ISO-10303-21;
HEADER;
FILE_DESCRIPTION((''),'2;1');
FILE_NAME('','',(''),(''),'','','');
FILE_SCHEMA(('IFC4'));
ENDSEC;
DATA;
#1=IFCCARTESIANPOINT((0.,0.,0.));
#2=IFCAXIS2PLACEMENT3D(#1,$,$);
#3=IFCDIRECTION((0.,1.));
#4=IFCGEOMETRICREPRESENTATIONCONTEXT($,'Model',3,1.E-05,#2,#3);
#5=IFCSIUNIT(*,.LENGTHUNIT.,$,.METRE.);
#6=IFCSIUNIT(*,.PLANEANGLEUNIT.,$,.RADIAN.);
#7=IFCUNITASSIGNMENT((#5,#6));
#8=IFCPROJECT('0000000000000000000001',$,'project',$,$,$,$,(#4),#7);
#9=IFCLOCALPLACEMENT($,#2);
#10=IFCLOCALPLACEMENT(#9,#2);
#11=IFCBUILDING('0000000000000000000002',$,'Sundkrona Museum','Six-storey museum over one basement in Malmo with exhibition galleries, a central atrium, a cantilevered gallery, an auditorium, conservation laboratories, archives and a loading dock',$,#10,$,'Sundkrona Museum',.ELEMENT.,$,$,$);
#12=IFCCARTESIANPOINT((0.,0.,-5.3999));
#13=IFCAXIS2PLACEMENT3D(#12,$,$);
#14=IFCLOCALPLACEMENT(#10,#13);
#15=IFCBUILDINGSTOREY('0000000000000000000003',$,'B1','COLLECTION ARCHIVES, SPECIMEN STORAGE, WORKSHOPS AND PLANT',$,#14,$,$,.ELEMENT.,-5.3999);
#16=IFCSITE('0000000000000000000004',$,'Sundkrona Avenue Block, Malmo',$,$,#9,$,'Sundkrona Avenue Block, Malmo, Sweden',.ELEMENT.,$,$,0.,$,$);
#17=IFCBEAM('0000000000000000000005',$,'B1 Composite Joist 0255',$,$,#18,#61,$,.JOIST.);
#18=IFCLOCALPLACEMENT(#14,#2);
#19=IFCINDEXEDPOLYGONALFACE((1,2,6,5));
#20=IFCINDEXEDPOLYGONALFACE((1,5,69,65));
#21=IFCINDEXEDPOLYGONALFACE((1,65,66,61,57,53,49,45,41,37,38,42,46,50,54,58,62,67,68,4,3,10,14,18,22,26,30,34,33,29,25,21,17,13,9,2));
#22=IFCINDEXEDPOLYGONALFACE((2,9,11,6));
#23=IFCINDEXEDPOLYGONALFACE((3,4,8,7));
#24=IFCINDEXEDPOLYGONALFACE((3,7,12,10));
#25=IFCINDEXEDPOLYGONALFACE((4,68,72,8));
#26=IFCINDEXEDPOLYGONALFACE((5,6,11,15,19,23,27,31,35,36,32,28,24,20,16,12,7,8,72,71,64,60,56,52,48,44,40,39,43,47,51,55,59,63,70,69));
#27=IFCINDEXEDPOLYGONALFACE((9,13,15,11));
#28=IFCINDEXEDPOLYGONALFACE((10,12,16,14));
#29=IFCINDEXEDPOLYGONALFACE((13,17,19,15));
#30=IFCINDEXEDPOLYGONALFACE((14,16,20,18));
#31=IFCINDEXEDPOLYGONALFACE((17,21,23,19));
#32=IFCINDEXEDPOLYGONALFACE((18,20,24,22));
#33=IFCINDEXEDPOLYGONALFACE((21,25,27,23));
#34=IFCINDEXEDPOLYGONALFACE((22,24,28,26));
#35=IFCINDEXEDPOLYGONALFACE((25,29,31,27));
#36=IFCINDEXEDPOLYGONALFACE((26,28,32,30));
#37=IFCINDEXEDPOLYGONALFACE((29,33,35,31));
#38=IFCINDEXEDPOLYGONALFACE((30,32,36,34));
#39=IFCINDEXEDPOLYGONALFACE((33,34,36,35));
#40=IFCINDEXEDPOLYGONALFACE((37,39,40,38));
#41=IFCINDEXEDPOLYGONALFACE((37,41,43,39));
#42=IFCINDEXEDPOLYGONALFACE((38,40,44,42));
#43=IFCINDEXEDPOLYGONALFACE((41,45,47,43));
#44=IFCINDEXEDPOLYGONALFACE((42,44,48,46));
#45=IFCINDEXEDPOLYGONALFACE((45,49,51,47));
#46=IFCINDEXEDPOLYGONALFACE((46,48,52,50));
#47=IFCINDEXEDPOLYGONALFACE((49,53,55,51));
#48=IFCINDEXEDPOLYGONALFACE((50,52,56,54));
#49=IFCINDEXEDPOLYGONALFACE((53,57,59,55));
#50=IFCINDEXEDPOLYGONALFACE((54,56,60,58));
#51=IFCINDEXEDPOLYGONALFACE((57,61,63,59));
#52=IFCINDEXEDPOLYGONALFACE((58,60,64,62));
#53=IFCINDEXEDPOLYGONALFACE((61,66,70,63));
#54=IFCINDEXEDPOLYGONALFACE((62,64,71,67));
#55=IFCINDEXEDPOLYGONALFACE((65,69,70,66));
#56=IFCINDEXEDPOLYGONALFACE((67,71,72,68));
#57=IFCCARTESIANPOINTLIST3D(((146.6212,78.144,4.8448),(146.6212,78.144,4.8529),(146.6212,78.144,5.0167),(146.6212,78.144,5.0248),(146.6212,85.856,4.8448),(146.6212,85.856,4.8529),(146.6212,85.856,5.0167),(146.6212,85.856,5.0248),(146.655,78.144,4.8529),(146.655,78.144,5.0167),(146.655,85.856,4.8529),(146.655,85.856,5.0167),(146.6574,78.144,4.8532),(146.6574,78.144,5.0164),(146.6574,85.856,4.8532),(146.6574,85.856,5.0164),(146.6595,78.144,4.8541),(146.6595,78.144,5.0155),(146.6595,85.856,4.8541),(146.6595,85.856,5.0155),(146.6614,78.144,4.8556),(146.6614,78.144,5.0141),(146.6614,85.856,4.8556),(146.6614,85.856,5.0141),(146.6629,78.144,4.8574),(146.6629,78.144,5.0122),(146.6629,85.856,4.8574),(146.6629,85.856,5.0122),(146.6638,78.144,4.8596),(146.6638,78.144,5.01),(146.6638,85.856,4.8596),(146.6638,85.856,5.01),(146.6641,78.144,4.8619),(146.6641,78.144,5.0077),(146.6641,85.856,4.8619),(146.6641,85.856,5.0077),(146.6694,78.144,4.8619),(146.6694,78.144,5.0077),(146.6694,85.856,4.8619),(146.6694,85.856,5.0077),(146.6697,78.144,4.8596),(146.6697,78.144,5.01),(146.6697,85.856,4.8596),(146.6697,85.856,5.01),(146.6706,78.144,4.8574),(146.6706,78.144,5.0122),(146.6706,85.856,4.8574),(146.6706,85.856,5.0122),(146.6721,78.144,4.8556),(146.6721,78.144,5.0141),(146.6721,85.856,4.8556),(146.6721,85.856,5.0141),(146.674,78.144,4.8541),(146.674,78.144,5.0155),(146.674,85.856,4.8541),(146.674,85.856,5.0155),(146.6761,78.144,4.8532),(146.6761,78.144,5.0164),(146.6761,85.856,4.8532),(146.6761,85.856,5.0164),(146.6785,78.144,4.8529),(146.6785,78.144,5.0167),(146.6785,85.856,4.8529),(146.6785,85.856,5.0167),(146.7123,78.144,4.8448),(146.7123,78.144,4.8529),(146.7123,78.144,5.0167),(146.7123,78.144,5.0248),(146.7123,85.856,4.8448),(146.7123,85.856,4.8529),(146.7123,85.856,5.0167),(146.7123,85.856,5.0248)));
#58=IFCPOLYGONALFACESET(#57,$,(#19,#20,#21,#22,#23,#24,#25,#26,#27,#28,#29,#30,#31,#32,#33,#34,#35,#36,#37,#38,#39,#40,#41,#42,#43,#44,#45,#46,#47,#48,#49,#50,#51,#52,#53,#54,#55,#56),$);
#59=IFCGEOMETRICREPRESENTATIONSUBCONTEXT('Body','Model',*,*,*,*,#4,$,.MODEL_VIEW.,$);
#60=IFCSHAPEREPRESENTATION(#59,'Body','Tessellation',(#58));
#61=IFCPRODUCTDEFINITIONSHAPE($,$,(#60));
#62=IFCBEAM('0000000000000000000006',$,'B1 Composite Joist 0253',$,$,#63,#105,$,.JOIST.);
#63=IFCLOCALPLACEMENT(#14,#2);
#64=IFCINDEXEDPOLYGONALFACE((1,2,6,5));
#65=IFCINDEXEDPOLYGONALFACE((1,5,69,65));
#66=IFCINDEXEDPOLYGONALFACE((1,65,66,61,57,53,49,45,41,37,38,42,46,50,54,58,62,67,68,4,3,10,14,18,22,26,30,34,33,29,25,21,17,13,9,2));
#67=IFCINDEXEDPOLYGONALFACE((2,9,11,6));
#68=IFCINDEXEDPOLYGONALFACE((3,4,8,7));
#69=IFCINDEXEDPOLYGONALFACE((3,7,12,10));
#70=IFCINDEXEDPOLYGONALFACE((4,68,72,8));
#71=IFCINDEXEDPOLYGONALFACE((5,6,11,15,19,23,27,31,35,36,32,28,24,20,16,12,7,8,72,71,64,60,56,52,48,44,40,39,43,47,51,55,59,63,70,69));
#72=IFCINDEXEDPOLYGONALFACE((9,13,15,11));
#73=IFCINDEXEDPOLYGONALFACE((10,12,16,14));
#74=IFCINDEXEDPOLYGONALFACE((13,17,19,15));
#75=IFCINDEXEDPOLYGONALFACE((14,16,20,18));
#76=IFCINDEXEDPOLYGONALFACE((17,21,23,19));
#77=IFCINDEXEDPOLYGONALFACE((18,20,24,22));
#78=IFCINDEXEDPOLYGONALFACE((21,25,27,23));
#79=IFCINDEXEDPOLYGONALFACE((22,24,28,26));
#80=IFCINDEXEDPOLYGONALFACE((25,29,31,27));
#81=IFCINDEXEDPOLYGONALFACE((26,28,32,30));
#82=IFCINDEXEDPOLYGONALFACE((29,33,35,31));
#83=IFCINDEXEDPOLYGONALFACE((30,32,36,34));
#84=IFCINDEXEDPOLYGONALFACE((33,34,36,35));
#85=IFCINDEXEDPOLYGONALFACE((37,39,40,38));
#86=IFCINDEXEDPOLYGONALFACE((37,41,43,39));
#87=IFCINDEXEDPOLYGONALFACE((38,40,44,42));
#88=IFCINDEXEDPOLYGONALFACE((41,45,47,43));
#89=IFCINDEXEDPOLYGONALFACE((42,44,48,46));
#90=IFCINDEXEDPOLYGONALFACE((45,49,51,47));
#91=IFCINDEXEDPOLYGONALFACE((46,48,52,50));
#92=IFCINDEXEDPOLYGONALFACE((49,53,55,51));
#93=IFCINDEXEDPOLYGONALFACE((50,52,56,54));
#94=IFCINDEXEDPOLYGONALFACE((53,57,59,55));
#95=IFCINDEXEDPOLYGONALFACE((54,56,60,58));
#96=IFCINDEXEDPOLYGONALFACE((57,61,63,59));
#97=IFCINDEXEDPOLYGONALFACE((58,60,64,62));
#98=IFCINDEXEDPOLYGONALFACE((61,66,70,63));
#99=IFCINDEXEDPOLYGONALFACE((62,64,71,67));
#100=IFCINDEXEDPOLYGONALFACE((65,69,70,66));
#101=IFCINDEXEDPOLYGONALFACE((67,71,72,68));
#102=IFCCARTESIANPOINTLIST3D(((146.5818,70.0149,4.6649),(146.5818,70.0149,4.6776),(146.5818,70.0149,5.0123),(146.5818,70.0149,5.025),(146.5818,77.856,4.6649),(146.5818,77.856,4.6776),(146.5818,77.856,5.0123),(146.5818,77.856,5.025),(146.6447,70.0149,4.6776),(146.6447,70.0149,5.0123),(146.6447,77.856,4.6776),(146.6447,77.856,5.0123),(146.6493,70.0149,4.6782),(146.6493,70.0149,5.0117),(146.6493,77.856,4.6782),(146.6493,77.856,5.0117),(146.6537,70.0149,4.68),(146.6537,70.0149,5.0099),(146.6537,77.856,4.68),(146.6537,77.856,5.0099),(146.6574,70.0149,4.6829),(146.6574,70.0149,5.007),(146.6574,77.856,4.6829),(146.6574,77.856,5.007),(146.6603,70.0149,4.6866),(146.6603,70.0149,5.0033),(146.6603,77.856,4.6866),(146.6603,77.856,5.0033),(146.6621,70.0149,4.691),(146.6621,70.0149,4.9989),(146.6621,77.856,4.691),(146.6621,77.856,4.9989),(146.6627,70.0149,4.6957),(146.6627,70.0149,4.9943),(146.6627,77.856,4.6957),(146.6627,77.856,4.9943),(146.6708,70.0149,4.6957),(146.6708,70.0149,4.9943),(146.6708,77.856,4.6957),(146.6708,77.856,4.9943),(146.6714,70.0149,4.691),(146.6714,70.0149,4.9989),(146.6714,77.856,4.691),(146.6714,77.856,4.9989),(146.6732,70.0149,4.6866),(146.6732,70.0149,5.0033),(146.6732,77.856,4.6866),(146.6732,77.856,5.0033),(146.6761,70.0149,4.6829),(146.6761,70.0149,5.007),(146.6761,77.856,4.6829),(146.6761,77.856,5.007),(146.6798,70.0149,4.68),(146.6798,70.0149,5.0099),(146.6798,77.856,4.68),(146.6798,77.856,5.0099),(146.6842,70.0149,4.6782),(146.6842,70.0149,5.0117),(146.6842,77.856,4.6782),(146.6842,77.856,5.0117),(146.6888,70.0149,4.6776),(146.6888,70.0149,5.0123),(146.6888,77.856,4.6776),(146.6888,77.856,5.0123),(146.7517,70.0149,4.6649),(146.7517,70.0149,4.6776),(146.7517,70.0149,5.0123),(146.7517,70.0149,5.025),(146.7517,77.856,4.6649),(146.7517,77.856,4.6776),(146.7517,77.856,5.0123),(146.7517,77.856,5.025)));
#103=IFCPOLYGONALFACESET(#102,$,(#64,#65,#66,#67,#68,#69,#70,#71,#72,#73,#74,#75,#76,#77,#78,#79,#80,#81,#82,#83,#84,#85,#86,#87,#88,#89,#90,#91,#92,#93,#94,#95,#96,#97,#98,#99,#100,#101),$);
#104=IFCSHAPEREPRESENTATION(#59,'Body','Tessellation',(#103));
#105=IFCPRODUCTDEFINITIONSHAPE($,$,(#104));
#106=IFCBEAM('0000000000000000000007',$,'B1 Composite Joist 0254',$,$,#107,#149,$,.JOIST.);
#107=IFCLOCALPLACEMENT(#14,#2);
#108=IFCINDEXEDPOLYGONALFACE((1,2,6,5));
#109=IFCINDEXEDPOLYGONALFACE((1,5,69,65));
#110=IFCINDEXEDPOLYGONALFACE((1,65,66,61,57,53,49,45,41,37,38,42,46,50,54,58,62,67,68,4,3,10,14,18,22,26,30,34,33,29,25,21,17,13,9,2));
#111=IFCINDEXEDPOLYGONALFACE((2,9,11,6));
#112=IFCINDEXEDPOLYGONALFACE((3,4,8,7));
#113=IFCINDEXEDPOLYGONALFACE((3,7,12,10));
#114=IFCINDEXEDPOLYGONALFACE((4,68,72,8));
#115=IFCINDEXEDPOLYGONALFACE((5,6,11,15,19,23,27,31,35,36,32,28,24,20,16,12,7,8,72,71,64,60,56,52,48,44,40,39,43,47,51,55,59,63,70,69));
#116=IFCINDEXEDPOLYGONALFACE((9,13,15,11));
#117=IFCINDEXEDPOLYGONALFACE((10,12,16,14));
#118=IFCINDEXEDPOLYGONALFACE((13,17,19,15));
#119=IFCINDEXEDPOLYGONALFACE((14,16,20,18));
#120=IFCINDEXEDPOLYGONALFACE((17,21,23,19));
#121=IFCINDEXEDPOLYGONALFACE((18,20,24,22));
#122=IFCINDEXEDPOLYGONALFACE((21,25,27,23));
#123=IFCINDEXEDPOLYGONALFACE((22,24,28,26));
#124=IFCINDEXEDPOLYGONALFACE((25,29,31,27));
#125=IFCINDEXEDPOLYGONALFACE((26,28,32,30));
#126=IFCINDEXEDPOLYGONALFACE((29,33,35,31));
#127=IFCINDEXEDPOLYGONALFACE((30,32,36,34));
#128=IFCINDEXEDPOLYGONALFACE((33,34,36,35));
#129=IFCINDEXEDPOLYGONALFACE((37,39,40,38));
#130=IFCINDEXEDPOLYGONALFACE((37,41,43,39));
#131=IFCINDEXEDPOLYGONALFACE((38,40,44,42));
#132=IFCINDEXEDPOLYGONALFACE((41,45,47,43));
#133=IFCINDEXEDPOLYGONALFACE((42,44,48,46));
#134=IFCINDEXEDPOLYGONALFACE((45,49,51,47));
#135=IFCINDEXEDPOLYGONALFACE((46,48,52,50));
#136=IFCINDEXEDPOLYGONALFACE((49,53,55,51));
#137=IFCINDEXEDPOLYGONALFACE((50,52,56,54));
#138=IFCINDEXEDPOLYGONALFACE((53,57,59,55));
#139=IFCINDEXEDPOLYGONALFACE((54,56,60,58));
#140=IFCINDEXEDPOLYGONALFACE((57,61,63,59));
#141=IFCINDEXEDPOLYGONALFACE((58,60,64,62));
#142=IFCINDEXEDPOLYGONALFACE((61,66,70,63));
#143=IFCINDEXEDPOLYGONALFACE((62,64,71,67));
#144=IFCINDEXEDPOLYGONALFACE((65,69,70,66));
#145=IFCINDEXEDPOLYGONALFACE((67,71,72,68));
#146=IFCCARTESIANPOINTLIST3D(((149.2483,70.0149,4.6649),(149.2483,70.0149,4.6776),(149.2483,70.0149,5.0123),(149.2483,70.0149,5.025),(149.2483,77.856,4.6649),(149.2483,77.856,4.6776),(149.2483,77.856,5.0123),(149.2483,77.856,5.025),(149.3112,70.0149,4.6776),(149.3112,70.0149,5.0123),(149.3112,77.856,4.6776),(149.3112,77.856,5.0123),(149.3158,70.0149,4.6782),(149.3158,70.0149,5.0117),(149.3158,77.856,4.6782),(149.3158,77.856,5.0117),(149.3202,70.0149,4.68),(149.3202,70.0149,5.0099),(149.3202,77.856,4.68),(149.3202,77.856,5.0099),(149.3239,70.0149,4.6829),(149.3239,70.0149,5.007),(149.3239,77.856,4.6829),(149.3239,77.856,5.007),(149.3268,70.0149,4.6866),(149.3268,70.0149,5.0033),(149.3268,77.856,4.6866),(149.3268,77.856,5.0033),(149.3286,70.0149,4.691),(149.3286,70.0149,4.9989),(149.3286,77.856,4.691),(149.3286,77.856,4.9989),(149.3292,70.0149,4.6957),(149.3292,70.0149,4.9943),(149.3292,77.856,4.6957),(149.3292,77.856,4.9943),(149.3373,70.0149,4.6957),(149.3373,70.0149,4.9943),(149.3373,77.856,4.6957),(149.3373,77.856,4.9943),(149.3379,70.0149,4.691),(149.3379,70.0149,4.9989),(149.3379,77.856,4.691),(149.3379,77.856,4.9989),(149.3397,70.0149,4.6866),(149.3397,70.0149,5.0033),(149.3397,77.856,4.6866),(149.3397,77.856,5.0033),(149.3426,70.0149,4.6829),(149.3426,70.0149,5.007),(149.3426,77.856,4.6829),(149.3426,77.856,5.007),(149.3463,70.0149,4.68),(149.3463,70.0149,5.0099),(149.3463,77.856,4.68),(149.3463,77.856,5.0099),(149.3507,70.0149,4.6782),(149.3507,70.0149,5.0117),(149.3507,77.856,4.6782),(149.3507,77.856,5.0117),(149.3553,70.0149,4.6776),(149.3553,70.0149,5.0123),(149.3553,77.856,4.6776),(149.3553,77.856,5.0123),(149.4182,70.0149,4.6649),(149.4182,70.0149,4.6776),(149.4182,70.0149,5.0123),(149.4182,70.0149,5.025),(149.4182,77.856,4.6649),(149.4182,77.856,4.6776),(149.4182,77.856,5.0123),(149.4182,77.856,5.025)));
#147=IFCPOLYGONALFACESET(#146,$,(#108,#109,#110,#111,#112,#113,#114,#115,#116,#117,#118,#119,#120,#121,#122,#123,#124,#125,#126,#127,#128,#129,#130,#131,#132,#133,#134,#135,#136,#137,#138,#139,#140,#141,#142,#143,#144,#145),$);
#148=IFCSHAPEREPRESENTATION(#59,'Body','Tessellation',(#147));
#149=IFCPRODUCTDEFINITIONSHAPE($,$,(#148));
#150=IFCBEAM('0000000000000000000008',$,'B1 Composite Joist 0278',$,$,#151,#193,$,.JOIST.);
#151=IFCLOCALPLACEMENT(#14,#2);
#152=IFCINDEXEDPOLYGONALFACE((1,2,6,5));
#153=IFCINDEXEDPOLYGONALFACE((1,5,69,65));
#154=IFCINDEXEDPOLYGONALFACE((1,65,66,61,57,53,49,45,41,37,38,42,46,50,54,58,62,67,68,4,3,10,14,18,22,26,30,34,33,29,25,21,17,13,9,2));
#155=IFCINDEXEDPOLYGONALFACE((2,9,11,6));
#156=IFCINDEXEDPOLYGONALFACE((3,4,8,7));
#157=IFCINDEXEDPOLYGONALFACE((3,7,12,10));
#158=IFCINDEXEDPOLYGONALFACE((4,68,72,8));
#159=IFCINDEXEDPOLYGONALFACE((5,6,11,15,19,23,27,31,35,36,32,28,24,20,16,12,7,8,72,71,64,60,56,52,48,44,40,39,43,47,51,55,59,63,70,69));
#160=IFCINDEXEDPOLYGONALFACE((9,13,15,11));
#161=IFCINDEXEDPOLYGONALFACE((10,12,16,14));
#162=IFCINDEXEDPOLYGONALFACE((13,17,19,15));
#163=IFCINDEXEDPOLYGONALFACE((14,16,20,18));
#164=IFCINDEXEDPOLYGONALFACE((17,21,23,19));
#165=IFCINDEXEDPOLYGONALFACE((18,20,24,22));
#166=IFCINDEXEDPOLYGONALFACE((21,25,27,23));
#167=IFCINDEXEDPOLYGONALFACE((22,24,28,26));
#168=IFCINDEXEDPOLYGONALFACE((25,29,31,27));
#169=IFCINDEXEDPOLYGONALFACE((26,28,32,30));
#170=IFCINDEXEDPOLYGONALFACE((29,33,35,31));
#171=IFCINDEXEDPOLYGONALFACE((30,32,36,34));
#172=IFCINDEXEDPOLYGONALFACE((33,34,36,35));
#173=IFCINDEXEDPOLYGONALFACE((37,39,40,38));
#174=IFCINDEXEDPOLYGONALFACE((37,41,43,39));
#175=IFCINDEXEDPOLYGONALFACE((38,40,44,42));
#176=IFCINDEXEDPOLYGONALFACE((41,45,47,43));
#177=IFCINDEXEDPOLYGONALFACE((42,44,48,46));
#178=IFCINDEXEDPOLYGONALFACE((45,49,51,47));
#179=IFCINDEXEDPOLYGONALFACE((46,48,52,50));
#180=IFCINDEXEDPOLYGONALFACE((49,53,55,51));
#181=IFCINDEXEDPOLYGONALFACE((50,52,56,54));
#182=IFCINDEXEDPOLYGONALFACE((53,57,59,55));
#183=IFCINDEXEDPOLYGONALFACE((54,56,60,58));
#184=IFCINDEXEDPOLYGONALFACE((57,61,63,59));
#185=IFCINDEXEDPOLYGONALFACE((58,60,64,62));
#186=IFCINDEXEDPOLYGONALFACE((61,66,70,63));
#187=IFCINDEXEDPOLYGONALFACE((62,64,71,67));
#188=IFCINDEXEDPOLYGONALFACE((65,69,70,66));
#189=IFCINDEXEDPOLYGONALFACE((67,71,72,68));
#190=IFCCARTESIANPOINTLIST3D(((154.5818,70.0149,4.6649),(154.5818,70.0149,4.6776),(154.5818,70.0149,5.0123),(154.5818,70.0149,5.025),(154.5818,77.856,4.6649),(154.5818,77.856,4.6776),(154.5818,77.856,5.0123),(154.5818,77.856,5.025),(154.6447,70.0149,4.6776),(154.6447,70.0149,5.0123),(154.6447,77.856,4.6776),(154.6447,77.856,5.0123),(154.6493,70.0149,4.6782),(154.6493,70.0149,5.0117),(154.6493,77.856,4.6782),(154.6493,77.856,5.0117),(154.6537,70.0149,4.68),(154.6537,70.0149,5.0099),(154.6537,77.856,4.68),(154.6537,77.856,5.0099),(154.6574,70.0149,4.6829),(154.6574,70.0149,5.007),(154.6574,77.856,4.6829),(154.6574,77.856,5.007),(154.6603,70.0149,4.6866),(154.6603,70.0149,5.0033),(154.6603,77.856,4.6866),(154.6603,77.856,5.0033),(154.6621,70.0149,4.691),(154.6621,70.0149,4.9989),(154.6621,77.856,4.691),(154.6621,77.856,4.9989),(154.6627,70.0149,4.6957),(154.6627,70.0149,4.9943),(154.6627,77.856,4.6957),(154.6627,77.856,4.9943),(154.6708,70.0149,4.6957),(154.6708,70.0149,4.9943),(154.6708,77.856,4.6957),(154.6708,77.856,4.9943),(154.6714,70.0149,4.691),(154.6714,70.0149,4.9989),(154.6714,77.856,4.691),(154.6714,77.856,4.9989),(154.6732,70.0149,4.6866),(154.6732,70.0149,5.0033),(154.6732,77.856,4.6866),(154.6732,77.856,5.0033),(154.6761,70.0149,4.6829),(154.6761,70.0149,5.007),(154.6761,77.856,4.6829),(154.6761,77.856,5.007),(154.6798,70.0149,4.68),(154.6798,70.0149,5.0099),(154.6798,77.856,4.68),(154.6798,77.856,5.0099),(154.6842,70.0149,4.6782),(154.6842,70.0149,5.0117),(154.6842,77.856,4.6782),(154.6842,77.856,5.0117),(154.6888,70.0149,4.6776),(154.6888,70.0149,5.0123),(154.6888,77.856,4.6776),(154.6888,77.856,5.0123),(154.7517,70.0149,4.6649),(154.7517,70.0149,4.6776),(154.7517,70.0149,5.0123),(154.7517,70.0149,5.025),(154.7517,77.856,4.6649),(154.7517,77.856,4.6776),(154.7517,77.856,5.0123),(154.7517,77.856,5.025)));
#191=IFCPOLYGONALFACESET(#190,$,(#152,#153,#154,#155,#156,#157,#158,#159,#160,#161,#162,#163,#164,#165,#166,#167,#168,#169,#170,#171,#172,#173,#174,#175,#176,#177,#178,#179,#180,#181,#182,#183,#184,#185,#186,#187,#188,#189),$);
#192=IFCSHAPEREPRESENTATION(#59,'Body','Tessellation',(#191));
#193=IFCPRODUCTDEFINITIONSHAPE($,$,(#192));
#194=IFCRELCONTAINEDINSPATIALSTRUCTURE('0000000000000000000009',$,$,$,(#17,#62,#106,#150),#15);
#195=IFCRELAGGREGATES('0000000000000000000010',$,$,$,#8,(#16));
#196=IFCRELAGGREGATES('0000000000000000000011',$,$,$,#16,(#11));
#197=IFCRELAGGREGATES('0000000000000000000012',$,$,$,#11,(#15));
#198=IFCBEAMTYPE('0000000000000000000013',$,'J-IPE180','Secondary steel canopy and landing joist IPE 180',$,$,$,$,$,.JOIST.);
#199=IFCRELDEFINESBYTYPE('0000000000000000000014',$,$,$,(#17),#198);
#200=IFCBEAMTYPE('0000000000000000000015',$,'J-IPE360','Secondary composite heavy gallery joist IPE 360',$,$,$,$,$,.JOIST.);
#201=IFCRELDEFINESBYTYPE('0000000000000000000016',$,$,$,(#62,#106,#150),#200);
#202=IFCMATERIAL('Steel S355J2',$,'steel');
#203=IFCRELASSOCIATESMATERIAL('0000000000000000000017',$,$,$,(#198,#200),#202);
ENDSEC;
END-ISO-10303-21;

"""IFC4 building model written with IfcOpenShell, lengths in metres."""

from ifc_helpers import new_model, si_unit, direction, frame, origin, origin_2d, place, context, subcontext, project, spatial, i_section, extrude, material, material_profile, profile_set, type_object, element, save


model = new_model("IFC4")

# Units and contexts
model_context = context("Model", 3, precision=1e-05, world=origin(), true_north=direction((0.0, 1.0)))
body_context = subcontext(model_context, "Body", "Model", "MODEL_VIEW")
ifc_project = project(units=[si_unit("LENGTHUNIT", "METRE"), si_unit("PLANEANGLEUNIT", "RADIAN")], contexts=[model_context])

# Site, building, storey
site_placement = place(None, origin())
site = spatial("IfcSite", under=ifc_project, at=site_placement, Name="Sundkrona Avenue Block, Malmo", LongName="Sundkrona Avenue Block, Malmo, Sweden", CompositionType="ELEMENT", RefElevation=0.0)
building_placement = place(site_placement, origin())
building = spatial("IfcBuilding", under=site, at=building_placement, Name="Sundkrona Museum", Description="Six-storey museum over one basement in Malmo with exhibition galleries, a central atrium, a cantilevered gallery, an auditorium, conservation laboratories, archives and a loading dock", LongName="Sundkrona Museum", CompositionType="ELEMENT")
storey_placement = place(building_placement, frame((0.0, 0.0, -5.3999)))
storey = spatial("IfcBuildingStorey", under=building, at=storey_placement, Name="B1", Description="COLLECTION ARCHIVES, SPECIMEN STORAGE, WORKSHOPS AND PLANT", CompositionType="ELEMENT", Elevation=-5.3999)

# Beams
ifc_material_1 = material(Name="Steel S355J2", Category="steel")
ifc_material_profile_1 = material_profile(ifc_material_1, i_section(OverallWidth=0.0911, OverallDepth=0.1799, WebThickness=0.0054, FlangeThickness=0.0081, FilletRadius=0.009, at=origin_2d()), Name="IPE 180")
ifc_profile_set_1 = profile_set([ifc_material_profile_1], Name="Steel S355J2")
beam_type_1 = type_object("IfcBeamType", Name="J-IPE180", Description="Secondary steel canopy and landing joist IPE 180", PredefinedType="JOIST", material=ifc_profile_set_1)
beam_placement = place(storey_placement, frame((146.6667, 78.144, 4.9348), z_axis=(0.0, 1.0, 0.0), x_axis=(-1.0, 0.0, 0.0)))
element("IfcBeam", 1, at=beam_placement, inside=storey, type_object=beam_type_1, Name="B1 Composite Joist 0255", PredefinedType="JOIST", context=body_context, shape_type="SweptSolid", body=[
    extrude(i_section(OverallWidth=0.0911, OverallDepth=0.1799, WebThickness=0.0054, FlangeThickness=0.0081, FilletRadius=0.009, at=origin_2d()), origin(), (0.0, 0.0, 1.0), 7.7119),
])
ifc_material_profile_2 = material_profile(ifc_material_1, i_section(OverallWidth=0.1699, OverallDepth=0.3601, WebThickness=0.0081, FlangeThickness=0.0127, FilletRadius=0.0181, at=origin_2d()), Name="IPE 360")
ifc_profile_set_2 = profile_set([ifc_material_profile_2], Name="Steel S355J2")
beam_type_2 = type_object("IfcBeamType", Name="J-IPE360", Description="Secondary composite heavy gallery joist IPE 360", PredefinedType="JOIST", material=ifc_profile_set_2)
for number, where, z_axis, x_axis, name in (
    (2, (146.6667, 70.0149, 4.845), (0.0, 1.0, 0.0), (-1.0, 0.0, 0.0), "B1 Composite Joist 0253"),
    (3, (149.3333, 70.0149, 4.845), (0.0, 1.0, 0.0), (-1.0, 0.0, 0.0), "B1 Composite Joist 0254"),
    (4, (154.6667, 70.0149, 4.845), (0.0, 1.0, 0.0), (-1.0, 0.0, 0.0), "B1 Composite Joist 0278"),
):
    element("IfcBeam", number, at=place(storey_placement, frame(where, z_axis=z_axis, x_axis=x_axis)), inside=storey, type_object=beam_type_2, Name=name, PredefinedType="JOIST", context=body_context, shape_type="SweptSolid", body=[
        extrude(i_section(OverallWidth=0.1699, OverallDepth=0.3601, WebThickness=0.0081, FlangeThickness=0.0127, FilletRadius=0.0181, at=origin_2d()), origin(), (0.0, 0.0, 1.0), 7.8411),
    ])

save(model, "model.ifc")
